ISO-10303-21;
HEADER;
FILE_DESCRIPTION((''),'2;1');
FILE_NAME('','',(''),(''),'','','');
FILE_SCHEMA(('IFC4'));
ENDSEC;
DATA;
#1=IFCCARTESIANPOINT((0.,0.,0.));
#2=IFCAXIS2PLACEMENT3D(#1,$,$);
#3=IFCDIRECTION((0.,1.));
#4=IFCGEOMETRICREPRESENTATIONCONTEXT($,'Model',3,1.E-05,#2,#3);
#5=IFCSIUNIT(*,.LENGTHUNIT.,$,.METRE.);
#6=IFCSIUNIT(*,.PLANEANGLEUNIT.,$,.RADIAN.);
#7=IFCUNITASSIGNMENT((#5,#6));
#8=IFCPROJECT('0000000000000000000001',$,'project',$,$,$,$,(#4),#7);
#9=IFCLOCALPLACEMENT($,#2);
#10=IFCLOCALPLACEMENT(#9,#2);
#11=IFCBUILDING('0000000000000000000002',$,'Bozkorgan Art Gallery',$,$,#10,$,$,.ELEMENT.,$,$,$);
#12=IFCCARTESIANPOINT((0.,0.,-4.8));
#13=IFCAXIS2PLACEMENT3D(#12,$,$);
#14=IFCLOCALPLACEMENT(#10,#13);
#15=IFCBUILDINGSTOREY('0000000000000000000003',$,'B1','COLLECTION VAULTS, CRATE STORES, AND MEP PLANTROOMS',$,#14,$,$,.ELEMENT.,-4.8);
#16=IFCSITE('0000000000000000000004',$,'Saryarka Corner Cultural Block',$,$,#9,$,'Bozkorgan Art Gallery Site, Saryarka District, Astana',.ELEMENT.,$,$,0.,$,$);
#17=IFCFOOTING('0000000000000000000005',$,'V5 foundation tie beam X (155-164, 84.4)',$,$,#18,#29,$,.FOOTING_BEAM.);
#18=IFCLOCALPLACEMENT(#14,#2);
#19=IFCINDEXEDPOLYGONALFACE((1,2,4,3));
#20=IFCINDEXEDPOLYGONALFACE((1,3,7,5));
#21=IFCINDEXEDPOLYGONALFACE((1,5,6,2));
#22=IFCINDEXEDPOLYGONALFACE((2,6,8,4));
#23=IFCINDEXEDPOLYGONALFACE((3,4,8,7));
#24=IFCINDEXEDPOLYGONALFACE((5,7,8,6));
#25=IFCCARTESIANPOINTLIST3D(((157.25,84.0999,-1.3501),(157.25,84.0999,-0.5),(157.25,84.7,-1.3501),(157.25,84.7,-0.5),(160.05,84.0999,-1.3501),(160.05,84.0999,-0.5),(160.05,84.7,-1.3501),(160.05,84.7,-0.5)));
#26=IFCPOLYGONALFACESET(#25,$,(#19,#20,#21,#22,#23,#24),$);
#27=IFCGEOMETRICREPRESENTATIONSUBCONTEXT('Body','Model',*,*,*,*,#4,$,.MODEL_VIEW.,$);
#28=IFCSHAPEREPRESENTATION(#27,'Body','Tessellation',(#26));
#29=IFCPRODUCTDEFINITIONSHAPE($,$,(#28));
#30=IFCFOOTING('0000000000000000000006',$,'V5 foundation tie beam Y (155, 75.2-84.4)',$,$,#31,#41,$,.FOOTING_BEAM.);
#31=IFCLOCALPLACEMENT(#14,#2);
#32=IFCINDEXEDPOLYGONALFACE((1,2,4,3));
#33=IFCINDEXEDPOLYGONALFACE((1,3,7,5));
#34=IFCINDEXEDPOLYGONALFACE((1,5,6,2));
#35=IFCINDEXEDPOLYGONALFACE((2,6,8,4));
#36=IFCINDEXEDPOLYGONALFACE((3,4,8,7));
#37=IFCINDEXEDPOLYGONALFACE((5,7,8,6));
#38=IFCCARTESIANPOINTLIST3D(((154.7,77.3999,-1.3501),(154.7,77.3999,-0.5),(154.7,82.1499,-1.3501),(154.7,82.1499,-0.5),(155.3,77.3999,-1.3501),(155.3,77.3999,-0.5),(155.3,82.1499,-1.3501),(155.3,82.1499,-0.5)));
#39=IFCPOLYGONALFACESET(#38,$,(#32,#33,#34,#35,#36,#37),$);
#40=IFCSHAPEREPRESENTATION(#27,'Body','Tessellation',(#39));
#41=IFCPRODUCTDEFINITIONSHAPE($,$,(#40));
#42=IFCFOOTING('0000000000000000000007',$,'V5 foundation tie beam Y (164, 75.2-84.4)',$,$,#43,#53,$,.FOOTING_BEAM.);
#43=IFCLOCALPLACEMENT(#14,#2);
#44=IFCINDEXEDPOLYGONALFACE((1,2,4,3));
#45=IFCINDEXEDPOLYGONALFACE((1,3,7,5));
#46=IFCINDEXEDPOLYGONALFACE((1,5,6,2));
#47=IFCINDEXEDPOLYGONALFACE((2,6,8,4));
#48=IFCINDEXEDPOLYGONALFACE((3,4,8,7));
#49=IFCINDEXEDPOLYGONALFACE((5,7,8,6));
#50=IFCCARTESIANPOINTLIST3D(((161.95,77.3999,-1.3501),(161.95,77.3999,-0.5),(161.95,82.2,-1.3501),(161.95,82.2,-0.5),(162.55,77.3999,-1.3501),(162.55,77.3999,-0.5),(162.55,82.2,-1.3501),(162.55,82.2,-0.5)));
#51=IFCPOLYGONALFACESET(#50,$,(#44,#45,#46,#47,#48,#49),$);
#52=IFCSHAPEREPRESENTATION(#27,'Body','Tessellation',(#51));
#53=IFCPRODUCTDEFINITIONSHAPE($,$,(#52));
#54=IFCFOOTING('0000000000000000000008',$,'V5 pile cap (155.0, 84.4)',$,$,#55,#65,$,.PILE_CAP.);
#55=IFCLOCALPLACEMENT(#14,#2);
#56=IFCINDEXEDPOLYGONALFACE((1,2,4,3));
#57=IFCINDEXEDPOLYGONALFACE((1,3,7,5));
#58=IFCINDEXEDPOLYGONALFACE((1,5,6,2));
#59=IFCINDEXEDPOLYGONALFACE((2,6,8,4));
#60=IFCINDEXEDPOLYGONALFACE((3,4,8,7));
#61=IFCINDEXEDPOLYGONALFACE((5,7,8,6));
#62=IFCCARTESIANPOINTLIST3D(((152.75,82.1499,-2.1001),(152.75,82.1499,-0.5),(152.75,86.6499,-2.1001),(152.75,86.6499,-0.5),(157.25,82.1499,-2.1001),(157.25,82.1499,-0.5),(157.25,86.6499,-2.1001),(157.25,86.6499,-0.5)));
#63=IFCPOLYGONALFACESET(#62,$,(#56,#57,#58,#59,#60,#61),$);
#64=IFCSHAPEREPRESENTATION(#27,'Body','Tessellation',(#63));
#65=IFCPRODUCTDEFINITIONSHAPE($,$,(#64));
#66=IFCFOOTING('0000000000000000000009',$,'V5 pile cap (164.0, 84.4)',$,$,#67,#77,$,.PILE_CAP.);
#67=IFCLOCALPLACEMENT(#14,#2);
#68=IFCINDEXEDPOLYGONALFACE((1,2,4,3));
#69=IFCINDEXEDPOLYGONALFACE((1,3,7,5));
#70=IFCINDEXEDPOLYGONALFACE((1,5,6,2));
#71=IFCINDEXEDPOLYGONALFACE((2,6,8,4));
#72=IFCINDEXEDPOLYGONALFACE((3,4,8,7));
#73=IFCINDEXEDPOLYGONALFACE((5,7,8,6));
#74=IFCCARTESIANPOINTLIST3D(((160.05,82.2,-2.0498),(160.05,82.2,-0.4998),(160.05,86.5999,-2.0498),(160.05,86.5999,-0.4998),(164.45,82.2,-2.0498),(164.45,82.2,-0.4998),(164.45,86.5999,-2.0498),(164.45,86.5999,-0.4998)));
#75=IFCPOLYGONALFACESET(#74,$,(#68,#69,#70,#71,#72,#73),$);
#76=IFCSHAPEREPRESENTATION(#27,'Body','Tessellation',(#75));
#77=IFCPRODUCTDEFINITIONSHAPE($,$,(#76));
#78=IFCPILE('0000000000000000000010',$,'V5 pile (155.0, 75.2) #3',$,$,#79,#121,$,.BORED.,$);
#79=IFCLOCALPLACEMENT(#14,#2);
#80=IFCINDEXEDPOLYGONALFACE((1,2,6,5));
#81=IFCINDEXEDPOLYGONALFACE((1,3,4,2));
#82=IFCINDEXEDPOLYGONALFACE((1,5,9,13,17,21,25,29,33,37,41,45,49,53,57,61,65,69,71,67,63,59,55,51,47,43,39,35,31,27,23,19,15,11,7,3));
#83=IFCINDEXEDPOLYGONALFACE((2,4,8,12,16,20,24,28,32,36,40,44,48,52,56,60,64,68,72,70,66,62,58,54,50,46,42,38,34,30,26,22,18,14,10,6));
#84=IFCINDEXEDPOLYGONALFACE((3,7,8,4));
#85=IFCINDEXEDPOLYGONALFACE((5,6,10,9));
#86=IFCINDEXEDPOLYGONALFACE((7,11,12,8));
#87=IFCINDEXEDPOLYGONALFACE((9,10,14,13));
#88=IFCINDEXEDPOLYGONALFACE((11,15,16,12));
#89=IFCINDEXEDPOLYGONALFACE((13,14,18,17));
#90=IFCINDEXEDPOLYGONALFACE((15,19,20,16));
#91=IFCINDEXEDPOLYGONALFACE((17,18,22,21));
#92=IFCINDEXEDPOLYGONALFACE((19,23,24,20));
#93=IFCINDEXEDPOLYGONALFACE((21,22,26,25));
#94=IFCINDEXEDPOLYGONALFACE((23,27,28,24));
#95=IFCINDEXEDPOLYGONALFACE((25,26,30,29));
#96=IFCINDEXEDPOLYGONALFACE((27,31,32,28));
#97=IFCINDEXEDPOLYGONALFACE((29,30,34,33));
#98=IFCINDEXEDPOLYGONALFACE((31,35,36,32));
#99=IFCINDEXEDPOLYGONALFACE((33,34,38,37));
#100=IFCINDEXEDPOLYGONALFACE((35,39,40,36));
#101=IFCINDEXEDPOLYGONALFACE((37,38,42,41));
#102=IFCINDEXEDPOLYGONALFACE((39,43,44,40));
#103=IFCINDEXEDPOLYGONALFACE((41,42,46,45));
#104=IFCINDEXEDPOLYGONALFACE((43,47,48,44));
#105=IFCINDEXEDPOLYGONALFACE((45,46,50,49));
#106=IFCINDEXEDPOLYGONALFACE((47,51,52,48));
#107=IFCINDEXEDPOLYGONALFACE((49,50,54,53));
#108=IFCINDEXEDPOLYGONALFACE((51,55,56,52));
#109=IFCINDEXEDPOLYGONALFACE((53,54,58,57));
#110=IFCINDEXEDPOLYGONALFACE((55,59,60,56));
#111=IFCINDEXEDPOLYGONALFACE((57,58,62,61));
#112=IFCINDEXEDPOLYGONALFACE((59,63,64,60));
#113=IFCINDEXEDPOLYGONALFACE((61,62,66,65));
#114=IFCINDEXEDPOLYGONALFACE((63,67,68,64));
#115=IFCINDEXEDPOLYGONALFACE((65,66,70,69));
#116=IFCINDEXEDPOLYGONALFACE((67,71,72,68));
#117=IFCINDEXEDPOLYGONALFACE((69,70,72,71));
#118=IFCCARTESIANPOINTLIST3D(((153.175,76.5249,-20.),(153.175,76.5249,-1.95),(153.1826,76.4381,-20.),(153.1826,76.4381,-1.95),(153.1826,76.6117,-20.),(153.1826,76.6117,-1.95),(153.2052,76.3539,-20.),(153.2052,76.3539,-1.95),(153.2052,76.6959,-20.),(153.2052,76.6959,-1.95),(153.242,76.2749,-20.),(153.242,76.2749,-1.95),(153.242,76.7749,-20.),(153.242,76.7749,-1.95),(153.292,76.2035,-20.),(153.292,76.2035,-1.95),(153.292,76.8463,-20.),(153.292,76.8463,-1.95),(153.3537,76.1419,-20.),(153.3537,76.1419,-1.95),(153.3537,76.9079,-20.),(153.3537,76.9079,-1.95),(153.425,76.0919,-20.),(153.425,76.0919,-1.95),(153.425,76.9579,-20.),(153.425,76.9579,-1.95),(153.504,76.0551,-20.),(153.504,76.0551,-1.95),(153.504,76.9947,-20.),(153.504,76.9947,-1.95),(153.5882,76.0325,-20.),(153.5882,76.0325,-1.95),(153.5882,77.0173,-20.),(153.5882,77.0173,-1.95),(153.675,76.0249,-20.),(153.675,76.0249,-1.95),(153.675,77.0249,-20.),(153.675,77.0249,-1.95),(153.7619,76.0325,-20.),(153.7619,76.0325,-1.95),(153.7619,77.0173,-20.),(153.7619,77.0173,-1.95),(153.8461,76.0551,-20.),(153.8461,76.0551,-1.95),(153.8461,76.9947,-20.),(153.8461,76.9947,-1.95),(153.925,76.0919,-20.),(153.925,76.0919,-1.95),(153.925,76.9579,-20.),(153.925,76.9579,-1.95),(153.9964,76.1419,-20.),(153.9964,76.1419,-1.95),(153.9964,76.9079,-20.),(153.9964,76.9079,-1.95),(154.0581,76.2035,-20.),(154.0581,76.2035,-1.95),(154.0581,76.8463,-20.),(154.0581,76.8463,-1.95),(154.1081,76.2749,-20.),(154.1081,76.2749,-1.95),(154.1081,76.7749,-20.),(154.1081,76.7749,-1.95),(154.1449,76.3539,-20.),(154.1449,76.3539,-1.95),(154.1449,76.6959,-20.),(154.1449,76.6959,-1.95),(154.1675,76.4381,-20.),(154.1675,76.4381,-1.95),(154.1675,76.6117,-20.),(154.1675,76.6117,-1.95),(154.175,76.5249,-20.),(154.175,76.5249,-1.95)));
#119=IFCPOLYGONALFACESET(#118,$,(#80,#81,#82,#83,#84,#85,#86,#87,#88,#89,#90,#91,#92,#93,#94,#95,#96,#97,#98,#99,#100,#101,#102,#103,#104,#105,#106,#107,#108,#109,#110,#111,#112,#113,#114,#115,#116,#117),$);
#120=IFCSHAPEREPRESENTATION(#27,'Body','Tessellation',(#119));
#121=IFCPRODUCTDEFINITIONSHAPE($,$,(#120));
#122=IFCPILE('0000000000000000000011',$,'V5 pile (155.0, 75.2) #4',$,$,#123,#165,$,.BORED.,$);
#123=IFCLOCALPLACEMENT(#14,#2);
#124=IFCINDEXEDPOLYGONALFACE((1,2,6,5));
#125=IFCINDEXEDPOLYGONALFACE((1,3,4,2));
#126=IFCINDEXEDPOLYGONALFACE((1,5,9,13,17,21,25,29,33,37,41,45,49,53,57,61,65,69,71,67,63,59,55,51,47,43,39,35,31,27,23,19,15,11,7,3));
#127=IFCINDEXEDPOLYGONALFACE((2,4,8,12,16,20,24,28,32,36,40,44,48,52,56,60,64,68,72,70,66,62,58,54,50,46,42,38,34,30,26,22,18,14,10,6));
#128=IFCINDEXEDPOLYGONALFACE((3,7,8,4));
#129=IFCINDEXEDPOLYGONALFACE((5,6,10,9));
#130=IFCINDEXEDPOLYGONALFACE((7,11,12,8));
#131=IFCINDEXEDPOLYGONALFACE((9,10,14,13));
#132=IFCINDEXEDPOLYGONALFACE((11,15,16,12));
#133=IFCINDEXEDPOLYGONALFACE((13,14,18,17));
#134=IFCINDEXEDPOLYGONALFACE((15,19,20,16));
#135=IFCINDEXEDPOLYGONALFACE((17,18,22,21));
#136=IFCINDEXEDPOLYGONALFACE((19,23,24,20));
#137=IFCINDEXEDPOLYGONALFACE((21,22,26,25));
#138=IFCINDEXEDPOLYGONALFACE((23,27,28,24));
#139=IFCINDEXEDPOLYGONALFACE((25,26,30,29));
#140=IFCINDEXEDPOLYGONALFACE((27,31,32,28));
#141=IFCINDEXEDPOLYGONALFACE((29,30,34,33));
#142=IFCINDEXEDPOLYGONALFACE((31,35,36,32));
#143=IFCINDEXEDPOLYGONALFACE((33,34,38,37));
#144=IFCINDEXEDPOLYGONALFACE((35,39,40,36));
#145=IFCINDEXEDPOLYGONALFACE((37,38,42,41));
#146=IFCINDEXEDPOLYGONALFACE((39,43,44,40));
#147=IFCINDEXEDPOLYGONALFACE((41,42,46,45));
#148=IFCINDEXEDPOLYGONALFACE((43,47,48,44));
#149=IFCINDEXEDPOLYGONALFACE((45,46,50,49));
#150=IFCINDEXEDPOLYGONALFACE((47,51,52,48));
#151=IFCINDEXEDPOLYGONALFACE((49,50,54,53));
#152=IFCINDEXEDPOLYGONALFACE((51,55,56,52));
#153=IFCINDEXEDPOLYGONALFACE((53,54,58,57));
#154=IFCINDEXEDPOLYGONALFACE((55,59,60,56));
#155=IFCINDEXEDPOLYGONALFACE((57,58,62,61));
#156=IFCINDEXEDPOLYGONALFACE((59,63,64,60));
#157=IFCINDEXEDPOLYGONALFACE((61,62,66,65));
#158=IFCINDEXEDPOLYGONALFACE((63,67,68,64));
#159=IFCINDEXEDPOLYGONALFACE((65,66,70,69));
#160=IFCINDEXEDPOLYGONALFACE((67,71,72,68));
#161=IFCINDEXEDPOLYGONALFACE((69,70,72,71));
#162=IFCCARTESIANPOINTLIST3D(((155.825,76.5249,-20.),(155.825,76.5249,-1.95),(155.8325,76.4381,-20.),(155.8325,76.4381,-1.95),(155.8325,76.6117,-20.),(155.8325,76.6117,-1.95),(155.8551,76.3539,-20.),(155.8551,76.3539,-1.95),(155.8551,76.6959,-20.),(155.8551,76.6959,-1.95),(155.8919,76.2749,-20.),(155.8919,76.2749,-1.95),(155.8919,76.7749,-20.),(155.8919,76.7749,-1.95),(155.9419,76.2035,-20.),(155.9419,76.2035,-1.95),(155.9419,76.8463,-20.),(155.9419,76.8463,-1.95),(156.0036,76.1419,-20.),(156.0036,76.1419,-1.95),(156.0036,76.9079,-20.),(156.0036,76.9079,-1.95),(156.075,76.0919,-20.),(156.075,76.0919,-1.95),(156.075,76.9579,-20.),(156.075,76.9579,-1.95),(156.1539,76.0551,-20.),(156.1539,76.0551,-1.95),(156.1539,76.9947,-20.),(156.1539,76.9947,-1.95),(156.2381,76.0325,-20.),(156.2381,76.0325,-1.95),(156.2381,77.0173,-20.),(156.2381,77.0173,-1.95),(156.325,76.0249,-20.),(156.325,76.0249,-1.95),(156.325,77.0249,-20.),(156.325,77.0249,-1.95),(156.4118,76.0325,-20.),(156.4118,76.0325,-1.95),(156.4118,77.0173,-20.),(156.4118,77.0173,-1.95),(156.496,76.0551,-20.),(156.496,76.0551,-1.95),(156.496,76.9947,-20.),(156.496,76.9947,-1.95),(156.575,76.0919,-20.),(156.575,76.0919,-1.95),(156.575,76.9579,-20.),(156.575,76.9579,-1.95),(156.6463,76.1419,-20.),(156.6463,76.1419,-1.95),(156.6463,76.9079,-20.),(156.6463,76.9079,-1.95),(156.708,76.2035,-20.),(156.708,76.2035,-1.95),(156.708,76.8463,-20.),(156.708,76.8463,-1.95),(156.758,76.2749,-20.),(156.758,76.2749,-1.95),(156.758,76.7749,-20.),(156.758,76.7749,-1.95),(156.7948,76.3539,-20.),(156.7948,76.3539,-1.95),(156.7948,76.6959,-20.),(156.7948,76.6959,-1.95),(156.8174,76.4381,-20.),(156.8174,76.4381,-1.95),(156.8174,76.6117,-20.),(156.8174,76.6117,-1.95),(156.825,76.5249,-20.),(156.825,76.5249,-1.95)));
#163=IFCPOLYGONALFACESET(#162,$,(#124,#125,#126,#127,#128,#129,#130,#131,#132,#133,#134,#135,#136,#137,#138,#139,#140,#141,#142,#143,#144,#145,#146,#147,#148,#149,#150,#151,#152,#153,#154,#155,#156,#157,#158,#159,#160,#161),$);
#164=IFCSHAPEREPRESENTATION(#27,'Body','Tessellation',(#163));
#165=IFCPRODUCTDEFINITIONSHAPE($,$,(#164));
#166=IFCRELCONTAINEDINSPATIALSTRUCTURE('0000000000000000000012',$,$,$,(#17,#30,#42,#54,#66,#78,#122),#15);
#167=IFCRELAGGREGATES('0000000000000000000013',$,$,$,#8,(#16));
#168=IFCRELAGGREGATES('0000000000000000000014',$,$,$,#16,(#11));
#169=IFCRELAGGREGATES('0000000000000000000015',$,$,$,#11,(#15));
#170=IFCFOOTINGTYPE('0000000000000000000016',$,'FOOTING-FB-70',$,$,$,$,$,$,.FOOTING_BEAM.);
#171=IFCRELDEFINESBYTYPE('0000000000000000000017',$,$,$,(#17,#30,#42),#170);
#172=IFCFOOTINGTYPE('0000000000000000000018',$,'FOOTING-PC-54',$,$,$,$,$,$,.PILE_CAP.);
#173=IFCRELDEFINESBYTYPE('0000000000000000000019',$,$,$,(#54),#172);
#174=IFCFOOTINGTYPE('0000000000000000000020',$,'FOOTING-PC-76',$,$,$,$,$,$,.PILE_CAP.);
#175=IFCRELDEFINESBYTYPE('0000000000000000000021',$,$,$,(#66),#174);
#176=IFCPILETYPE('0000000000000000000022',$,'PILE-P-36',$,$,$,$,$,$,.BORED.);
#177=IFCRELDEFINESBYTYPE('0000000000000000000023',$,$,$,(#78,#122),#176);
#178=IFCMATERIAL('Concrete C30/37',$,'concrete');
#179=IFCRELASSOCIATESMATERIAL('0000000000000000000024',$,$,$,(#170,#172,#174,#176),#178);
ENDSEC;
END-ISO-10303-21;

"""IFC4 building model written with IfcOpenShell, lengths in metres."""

from ifc_helpers import new_model, si_unit, direction, frame, origin, origin_2d, place, context, subcontext, project, spatial, rectangle, circle, extrude, material, material_profile, profile_set, type_object, element, save


model = new_model("IFC4")

# Units and contexts
model_context = context("Model", 3, precision=1e-05, world=origin(), true_north=direction((0.0, 1.0)))
body_context = subcontext(model_context, "Body", "Model", "MODEL_VIEW")
ifc_project = project(units=[si_unit("LENGTHUNIT", "METRE"), si_unit("PLANEANGLEUNIT", "RADIAN")], contexts=[model_context])

# Site, building, storey
site_placement = place(None, origin())
site = spatial("IfcSite", under=ifc_project, at=site_placement, Name="Saryarka Corner Cultural Block", LongName="Bozkorgan Art Gallery Site, Saryarka District, Astana", CompositionType="ELEMENT", RefElevation=0.0)
building_placement = place(site_placement, origin())
building = spatial("IfcBuilding", under=site, at=building_placement, Name="Bozkorgan Art Gallery", CompositionType="ELEMENT")
storey_placement = place(building_placement, frame((0.0, 0.0, -4.8)))
storey = spatial("IfcBuildingStorey", under=building, at=storey_placement, Name="B1", Description="COLLECTION VAULTS, CRATE STORES, AND MEP PLANTROOMS", CompositionType="ELEMENT", Elevation=-4.8)

# Footings
ifc_material_1 = material(Name="Concrete C30/37", Category="concrete")
ifc_material_profile_1 = material_profile(ifc_material_1, rectangle(XDim=0.6001, YDim=0.8501, at=origin_2d()), Name="FND 600x850")
ifc_profile_set_1 = profile_set([ifc_material_profile_1], Name="Concrete C30/37")
footing_type_1 = type_object("IfcFootingType", Name="FOOTING-FB-70", PredefinedType="FOOTING_BEAM", material=ifc_profile_set_1)
footing_1_placement = place(storey_placement, frame((157.25, 84.3999, -0.925), z_axis=(1.0, 0.0, 0.0), x_axis=(0.0, 1.0, 0.0)))
element("IfcFooting", 1, at=footing_1_placement, inside=storey, type_object=footing_type_1, Name="V5 foundation tie beam X (155-164, 84.4)", PredefinedType="FOOTING_BEAM", context=body_context, shape_type="SweptSolid", body=[
    extrude(rectangle(XDim=0.6001, YDim=0.8501, at=origin_2d()), origin(), (0.0, 0.0, 1.0), 2.8),
])
footing_2_placement = place(storey_placement, frame((155.0, 77.3999, -0.925), z_axis=(0.0, 1.0, 0.0), x_axis=(-1.0, 0.0, 0.0)))
element("IfcFooting", 2, at=footing_2_placement, inside=storey, type_object=footing_type_1, Name="V5 foundation tie beam Y (155, 75.2-84.4)", PredefinedType="FOOTING_BEAM", context=body_context, shape_type="SweptSolid", body=[
    extrude(rectangle(XDim=0.6001, YDim=0.8501, at=origin_2d()), origin(), (0.0, 0.0, 1.0), 4.75),
])
footing_3_placement = place(storey_placement, frame((162.25, 77.3999, -0.925), z_axis=(0.0, 1.0, 0.0), x_axis=(-1.0, 0.0, 0.0)))
element("IfcFooting", 3, at=footing_3_placement, inside=storey, type_object=footing_type_1, Name="V5 foundation tie beam Y (164, 75.2-84.4)", PredefinedType="FOOTING_BEAM", context=body_context, shape_type="SweptSolid", body=[
    extrude(rectangle(XDim=0.6001, YDim=0.8501, at=origin_2d()), origin(), (0.0, 0.0, 1.0), 4.8),
])
footing_type_2 = type_object("IfcFootingType", Name="FOOTING-PC-54", PredefinedType="PILE_CAP", material=ifc_material_1)
footing_4_placement = place(storey_placement, frame((155.0, 84.3999, -2.1001), z_axis=(0.0, 0.0, 1.0), x_axis=(1.0, 0.0, 0.0)))
element("IfcFooting", 4, at=footing_4_placement, inside=storey, type_object=footing_type_2, Name="V5 pile cap (155.0, 84.4)", PredefinedType="PILE_CAP", context=body_context, shape_type="SweptSolid", body=[
    extrude(rectangle(XDim=4.5, YDim=4.5, at=origin_2d()), origin(), (0.0, 0.0, 1.0), 1.6001),
])
footing_type_3 = type_object("IfcFootingType", Name="FOOTING-PC-76", PredefinedType="PILE_CAP", material=ifc_material_1)
footing_5_placement = place(storey_placement, frame((162.25, 84.3999, -2.0498), z_axis=(0.0, 0.0, 1.0), x_axis=(1.0, 0.0, 0.0)))
element("IfcFooting", 5, at=footing_5_placement, inside=storey, type_object=footing_type_3, Name="V5 pile cap (164.0, 84.4)", PredefinedType="PILE_CAP", context=body_context, shape_type="SweptSolid", body=[
    extrude(rectangle(XDim=4.3999, YDim=4.3999, at=origin_2d()), origin(), (0.0, 0.0, 1.0), 1.55),
])

# Piles
ifc_material_profile_2 = material_profile(ifc_material_1, circle(Radius=0.5, at=origin_2d()), Name="PILE D1000")
ifc_profile_set_2 = profile_set([ifc_material_profile_2], Name="Concrete C30/37")
pile_type = type_object("IfcPileType", Name="PILE-P-36", PredefinedType="BORED", material=ifc_profile_set_2)
for number, where, z_axis, x_axis, name in (
    (6, (153.675, 76.5249, -1.95), (0.0, 0.0, -1.0), (1.0, 0.0, 0.0), "V5 pile (155.0, 75.2) #3"),
    (7, (156.325, 76.5249, -1.95), (0.0, 0.0, -1.0), (1.0, 0.0, 0.0), "V5 pile (155.0, 75.2) #4"),
):
    element("IfcPile", number, at=place(storey_placement, frame(where, z_axis=z_axis, x_axis=x_axis)), inside=storey, type_object=pile_type, Name=name, PredefinedType="BORED", context=body_context, shape_type="SweptSolid", body=[
        extrude(circle(Radius=0.5, at=origin_2d()), origin(), (0.0, 0.0, 1.0), 18.05),
    ])

save(model, "model.ifc")
